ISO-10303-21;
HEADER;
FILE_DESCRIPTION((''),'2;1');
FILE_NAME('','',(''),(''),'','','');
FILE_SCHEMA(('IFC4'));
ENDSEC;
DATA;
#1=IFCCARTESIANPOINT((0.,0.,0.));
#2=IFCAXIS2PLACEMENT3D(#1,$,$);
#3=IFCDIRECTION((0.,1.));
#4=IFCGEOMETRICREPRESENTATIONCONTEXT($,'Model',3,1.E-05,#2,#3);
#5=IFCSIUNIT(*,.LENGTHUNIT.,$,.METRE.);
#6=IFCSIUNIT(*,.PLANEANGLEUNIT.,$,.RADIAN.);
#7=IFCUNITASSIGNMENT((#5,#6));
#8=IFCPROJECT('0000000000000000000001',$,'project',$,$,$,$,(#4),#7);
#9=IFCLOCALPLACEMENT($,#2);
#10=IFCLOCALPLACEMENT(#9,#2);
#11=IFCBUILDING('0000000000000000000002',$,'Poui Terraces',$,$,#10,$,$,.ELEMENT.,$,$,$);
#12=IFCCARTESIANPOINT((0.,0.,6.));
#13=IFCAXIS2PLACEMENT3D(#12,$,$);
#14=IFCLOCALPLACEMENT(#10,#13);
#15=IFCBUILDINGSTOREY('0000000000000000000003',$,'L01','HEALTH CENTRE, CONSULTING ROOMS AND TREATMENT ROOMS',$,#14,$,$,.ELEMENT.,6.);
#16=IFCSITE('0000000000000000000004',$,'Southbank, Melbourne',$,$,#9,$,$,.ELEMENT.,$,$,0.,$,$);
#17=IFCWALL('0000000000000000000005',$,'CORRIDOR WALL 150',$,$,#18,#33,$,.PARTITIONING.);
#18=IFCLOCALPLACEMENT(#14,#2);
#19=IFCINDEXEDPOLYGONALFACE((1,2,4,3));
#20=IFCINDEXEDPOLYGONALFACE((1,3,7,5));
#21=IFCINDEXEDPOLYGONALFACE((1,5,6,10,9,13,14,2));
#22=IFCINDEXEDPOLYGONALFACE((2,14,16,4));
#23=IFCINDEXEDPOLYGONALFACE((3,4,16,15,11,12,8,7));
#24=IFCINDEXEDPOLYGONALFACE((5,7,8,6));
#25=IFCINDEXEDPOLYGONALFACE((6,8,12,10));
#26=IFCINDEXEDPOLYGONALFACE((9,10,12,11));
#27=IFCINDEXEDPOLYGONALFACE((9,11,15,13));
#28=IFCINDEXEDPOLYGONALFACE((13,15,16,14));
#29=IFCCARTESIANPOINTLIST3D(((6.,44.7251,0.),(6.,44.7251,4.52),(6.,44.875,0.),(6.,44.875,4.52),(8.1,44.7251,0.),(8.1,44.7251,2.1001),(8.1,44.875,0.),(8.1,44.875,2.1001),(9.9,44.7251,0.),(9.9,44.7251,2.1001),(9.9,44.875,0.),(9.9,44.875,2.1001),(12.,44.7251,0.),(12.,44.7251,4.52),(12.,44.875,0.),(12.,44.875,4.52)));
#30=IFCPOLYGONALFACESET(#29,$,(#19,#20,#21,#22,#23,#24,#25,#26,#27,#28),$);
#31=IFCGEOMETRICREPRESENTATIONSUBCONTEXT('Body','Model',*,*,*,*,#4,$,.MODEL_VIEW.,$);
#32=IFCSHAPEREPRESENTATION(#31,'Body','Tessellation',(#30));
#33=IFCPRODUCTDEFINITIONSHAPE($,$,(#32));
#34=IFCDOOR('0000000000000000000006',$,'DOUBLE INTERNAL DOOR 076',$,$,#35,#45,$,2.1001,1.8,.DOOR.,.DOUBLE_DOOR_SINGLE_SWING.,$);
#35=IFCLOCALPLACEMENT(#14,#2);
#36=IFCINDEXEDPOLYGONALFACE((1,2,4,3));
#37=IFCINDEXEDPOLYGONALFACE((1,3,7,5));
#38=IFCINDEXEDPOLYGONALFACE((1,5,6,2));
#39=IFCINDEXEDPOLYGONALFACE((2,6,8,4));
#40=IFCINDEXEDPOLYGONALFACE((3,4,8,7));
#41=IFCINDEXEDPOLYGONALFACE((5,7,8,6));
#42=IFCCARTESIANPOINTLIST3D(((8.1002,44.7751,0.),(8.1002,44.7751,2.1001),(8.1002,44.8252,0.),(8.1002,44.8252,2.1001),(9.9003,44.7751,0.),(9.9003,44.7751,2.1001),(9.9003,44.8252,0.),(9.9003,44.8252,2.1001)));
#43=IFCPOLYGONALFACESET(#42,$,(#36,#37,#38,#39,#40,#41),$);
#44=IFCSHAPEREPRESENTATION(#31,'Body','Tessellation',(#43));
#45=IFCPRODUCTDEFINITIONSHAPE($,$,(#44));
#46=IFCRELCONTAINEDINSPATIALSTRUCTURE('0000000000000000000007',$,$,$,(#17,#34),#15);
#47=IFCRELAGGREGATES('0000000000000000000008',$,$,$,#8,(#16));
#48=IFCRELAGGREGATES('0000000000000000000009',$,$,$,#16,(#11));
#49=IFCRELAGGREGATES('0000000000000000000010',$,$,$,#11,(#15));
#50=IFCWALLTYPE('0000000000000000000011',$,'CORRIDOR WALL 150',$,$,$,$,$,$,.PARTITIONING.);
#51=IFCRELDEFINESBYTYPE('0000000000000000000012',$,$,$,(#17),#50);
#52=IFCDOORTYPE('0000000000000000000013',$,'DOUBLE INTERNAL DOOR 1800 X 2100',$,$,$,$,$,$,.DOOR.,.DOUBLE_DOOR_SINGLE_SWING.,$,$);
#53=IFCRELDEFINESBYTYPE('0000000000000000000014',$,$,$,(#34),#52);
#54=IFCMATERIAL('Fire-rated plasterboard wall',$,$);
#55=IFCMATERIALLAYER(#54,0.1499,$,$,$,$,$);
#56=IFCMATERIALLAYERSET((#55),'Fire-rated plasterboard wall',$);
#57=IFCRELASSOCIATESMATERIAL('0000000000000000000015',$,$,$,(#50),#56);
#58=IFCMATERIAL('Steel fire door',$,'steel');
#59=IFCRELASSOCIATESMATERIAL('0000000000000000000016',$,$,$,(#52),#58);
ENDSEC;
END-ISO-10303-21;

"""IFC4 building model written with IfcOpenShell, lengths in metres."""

from ifc_helpers import new_model, si_unit, direction, frame, frame_2d, origin, place, context, subcontext, project, spatial, rectangle, extrude, material, layer, layer_set, type_object, element, fill, save


model = new_model("IFC4")

# Units and contexts
model_context = context("Model", 3, precision=1e-05, world=origin(), true_north=direction((0.0, 1.0)))
body_context = subcontext(model_context, "Body", "Model", "MODEL_VIEW")
ifc_project = project(units=[si_unit("LENGTHUNIT", "METRE"), si_unit("PLANEANGLEUNIT", "RADIAN")], contexts=[model_context])

# Site, building, storey
site_placement = place(None, origin())
site = spatial("IfcSite", under=ifc_project, at=site_placement, Name="Southbank, Melbourne", CompositionType="ELEMENT", RefElevation=0.0)
building_placement = place(site_placement, origin())
building = spatial("IfcBuilding", under=site, at=building_placement, Name="Poui Terraces", CompositionType="ELEMENT")
storey_placement = place(building_placement, frame((0.0, 0.0, 6.0)))
storey = spatial("IfcBuildingStorey", under=building, at=storey_placement, Name="L01", Description="HEALTH CENTRE, CONSULTING ROOMS AND TREATMENT ROOMS", CompositionType="ELEMENT", Elevation=6.0)

# Shared definitions
ifc_material_1 = material(Name="Fire-rated plasterboard wall")
ifc_layer_1 = layer(ifc_material_1, 0.1499)
ifc_layer_set_1 = layer_set([ifc_layer_1], Name="Fire-rated plasterboard wall")
wall_type_1 = type_object("IfcWallType", Name="CORRIDOR WALL 150", PredefinedType="PARTITIONING", material=ifc_layer_set_1)

# Wall, opening, door
wall_1_placement = place(storey_placement, frame((6.0, 44.8, 0.0), z_axis=(0.0, 0.0, 1.0), x_axis=(1.0, 0.0, 0.0)))
wall_1 = element("IfcWall", 1, at=wall_1_placement, inside=storey, type_object=wall_type_1, Name="CORRIDOR WALL 150", PredefinedType="PARTITIONING", context=body_context, shape_type="SweptSolid", body=[
    extrude(rectangle(XDim=6.0, YDim=0.1499, at=frame_2d((3.0, 0.0))), origin(), (0.0, 0.0, 1.0), 4.52),
])
opening_1_placement = place(wall_1_placement, frame((2.1001, 0.0, 0.0)))
opening_1 = element("IfcOpeningElement", 2, at=opening_1_placement, cuts=wall_1, PredefinedType="OPENING", context=body_context, shape_type="SweptSolid", body=[
    extrude(rectangle(XDim=1.8, YDim=2.1001, at=frame_2d((0.8999, 1.05))), frame((0.0, 0.085, 0.0), z_axis=(0.0, -1.0, 0.0), x_axis=(1.0, 0.0, 0.0)), (0.0, 0.0, 1.0), 0.1699),
])
ifc_material_2 = material(Name="Steel fire door", Category="steel")
door_type_1 = type_object("IfcDoorType", Name="DOUBLE INTERNAL DOOR 1800 X 2100", OperationType="DOUBLE_DOOR_SINGLE_SWING", PredefinedType="DOOR", material=ifc_material_2)
door_1_placement = place(opening_1_placement, frame((1.8, 0.0, 0.0), z_axis=(0.0, 0.0, 1.0), x_axis=(-1.0, 0.0, 0.0)))
door_1 = element("IfcDoor", 3, at=door_1_placement, inside=storey, type_object=door_type_1, Name="DOUBLE INTERNAL DOOR 076", OperationType="DOUBLE_DOOR_SINGLE_SWING", OverallHeight=2.1001, OverallWidth=1.8, PredefinedType="DOOR", context=body_context, shape_type="SweptSolid", body=[
    extrude(rectangle(XDim=1.8, YDim=2.1001, at=frame_2d((0.8999, 1.05))), frame((0.0, 0.0249, 0.0), z_axis=(0.0, -1.0, 0.0), x_axis=(1.0, 0.0, 0.0)), (0.0, 0.0, 1.0), 0.05),
])
fill(opening_1, door_1)

save(model, "model.ifc")
